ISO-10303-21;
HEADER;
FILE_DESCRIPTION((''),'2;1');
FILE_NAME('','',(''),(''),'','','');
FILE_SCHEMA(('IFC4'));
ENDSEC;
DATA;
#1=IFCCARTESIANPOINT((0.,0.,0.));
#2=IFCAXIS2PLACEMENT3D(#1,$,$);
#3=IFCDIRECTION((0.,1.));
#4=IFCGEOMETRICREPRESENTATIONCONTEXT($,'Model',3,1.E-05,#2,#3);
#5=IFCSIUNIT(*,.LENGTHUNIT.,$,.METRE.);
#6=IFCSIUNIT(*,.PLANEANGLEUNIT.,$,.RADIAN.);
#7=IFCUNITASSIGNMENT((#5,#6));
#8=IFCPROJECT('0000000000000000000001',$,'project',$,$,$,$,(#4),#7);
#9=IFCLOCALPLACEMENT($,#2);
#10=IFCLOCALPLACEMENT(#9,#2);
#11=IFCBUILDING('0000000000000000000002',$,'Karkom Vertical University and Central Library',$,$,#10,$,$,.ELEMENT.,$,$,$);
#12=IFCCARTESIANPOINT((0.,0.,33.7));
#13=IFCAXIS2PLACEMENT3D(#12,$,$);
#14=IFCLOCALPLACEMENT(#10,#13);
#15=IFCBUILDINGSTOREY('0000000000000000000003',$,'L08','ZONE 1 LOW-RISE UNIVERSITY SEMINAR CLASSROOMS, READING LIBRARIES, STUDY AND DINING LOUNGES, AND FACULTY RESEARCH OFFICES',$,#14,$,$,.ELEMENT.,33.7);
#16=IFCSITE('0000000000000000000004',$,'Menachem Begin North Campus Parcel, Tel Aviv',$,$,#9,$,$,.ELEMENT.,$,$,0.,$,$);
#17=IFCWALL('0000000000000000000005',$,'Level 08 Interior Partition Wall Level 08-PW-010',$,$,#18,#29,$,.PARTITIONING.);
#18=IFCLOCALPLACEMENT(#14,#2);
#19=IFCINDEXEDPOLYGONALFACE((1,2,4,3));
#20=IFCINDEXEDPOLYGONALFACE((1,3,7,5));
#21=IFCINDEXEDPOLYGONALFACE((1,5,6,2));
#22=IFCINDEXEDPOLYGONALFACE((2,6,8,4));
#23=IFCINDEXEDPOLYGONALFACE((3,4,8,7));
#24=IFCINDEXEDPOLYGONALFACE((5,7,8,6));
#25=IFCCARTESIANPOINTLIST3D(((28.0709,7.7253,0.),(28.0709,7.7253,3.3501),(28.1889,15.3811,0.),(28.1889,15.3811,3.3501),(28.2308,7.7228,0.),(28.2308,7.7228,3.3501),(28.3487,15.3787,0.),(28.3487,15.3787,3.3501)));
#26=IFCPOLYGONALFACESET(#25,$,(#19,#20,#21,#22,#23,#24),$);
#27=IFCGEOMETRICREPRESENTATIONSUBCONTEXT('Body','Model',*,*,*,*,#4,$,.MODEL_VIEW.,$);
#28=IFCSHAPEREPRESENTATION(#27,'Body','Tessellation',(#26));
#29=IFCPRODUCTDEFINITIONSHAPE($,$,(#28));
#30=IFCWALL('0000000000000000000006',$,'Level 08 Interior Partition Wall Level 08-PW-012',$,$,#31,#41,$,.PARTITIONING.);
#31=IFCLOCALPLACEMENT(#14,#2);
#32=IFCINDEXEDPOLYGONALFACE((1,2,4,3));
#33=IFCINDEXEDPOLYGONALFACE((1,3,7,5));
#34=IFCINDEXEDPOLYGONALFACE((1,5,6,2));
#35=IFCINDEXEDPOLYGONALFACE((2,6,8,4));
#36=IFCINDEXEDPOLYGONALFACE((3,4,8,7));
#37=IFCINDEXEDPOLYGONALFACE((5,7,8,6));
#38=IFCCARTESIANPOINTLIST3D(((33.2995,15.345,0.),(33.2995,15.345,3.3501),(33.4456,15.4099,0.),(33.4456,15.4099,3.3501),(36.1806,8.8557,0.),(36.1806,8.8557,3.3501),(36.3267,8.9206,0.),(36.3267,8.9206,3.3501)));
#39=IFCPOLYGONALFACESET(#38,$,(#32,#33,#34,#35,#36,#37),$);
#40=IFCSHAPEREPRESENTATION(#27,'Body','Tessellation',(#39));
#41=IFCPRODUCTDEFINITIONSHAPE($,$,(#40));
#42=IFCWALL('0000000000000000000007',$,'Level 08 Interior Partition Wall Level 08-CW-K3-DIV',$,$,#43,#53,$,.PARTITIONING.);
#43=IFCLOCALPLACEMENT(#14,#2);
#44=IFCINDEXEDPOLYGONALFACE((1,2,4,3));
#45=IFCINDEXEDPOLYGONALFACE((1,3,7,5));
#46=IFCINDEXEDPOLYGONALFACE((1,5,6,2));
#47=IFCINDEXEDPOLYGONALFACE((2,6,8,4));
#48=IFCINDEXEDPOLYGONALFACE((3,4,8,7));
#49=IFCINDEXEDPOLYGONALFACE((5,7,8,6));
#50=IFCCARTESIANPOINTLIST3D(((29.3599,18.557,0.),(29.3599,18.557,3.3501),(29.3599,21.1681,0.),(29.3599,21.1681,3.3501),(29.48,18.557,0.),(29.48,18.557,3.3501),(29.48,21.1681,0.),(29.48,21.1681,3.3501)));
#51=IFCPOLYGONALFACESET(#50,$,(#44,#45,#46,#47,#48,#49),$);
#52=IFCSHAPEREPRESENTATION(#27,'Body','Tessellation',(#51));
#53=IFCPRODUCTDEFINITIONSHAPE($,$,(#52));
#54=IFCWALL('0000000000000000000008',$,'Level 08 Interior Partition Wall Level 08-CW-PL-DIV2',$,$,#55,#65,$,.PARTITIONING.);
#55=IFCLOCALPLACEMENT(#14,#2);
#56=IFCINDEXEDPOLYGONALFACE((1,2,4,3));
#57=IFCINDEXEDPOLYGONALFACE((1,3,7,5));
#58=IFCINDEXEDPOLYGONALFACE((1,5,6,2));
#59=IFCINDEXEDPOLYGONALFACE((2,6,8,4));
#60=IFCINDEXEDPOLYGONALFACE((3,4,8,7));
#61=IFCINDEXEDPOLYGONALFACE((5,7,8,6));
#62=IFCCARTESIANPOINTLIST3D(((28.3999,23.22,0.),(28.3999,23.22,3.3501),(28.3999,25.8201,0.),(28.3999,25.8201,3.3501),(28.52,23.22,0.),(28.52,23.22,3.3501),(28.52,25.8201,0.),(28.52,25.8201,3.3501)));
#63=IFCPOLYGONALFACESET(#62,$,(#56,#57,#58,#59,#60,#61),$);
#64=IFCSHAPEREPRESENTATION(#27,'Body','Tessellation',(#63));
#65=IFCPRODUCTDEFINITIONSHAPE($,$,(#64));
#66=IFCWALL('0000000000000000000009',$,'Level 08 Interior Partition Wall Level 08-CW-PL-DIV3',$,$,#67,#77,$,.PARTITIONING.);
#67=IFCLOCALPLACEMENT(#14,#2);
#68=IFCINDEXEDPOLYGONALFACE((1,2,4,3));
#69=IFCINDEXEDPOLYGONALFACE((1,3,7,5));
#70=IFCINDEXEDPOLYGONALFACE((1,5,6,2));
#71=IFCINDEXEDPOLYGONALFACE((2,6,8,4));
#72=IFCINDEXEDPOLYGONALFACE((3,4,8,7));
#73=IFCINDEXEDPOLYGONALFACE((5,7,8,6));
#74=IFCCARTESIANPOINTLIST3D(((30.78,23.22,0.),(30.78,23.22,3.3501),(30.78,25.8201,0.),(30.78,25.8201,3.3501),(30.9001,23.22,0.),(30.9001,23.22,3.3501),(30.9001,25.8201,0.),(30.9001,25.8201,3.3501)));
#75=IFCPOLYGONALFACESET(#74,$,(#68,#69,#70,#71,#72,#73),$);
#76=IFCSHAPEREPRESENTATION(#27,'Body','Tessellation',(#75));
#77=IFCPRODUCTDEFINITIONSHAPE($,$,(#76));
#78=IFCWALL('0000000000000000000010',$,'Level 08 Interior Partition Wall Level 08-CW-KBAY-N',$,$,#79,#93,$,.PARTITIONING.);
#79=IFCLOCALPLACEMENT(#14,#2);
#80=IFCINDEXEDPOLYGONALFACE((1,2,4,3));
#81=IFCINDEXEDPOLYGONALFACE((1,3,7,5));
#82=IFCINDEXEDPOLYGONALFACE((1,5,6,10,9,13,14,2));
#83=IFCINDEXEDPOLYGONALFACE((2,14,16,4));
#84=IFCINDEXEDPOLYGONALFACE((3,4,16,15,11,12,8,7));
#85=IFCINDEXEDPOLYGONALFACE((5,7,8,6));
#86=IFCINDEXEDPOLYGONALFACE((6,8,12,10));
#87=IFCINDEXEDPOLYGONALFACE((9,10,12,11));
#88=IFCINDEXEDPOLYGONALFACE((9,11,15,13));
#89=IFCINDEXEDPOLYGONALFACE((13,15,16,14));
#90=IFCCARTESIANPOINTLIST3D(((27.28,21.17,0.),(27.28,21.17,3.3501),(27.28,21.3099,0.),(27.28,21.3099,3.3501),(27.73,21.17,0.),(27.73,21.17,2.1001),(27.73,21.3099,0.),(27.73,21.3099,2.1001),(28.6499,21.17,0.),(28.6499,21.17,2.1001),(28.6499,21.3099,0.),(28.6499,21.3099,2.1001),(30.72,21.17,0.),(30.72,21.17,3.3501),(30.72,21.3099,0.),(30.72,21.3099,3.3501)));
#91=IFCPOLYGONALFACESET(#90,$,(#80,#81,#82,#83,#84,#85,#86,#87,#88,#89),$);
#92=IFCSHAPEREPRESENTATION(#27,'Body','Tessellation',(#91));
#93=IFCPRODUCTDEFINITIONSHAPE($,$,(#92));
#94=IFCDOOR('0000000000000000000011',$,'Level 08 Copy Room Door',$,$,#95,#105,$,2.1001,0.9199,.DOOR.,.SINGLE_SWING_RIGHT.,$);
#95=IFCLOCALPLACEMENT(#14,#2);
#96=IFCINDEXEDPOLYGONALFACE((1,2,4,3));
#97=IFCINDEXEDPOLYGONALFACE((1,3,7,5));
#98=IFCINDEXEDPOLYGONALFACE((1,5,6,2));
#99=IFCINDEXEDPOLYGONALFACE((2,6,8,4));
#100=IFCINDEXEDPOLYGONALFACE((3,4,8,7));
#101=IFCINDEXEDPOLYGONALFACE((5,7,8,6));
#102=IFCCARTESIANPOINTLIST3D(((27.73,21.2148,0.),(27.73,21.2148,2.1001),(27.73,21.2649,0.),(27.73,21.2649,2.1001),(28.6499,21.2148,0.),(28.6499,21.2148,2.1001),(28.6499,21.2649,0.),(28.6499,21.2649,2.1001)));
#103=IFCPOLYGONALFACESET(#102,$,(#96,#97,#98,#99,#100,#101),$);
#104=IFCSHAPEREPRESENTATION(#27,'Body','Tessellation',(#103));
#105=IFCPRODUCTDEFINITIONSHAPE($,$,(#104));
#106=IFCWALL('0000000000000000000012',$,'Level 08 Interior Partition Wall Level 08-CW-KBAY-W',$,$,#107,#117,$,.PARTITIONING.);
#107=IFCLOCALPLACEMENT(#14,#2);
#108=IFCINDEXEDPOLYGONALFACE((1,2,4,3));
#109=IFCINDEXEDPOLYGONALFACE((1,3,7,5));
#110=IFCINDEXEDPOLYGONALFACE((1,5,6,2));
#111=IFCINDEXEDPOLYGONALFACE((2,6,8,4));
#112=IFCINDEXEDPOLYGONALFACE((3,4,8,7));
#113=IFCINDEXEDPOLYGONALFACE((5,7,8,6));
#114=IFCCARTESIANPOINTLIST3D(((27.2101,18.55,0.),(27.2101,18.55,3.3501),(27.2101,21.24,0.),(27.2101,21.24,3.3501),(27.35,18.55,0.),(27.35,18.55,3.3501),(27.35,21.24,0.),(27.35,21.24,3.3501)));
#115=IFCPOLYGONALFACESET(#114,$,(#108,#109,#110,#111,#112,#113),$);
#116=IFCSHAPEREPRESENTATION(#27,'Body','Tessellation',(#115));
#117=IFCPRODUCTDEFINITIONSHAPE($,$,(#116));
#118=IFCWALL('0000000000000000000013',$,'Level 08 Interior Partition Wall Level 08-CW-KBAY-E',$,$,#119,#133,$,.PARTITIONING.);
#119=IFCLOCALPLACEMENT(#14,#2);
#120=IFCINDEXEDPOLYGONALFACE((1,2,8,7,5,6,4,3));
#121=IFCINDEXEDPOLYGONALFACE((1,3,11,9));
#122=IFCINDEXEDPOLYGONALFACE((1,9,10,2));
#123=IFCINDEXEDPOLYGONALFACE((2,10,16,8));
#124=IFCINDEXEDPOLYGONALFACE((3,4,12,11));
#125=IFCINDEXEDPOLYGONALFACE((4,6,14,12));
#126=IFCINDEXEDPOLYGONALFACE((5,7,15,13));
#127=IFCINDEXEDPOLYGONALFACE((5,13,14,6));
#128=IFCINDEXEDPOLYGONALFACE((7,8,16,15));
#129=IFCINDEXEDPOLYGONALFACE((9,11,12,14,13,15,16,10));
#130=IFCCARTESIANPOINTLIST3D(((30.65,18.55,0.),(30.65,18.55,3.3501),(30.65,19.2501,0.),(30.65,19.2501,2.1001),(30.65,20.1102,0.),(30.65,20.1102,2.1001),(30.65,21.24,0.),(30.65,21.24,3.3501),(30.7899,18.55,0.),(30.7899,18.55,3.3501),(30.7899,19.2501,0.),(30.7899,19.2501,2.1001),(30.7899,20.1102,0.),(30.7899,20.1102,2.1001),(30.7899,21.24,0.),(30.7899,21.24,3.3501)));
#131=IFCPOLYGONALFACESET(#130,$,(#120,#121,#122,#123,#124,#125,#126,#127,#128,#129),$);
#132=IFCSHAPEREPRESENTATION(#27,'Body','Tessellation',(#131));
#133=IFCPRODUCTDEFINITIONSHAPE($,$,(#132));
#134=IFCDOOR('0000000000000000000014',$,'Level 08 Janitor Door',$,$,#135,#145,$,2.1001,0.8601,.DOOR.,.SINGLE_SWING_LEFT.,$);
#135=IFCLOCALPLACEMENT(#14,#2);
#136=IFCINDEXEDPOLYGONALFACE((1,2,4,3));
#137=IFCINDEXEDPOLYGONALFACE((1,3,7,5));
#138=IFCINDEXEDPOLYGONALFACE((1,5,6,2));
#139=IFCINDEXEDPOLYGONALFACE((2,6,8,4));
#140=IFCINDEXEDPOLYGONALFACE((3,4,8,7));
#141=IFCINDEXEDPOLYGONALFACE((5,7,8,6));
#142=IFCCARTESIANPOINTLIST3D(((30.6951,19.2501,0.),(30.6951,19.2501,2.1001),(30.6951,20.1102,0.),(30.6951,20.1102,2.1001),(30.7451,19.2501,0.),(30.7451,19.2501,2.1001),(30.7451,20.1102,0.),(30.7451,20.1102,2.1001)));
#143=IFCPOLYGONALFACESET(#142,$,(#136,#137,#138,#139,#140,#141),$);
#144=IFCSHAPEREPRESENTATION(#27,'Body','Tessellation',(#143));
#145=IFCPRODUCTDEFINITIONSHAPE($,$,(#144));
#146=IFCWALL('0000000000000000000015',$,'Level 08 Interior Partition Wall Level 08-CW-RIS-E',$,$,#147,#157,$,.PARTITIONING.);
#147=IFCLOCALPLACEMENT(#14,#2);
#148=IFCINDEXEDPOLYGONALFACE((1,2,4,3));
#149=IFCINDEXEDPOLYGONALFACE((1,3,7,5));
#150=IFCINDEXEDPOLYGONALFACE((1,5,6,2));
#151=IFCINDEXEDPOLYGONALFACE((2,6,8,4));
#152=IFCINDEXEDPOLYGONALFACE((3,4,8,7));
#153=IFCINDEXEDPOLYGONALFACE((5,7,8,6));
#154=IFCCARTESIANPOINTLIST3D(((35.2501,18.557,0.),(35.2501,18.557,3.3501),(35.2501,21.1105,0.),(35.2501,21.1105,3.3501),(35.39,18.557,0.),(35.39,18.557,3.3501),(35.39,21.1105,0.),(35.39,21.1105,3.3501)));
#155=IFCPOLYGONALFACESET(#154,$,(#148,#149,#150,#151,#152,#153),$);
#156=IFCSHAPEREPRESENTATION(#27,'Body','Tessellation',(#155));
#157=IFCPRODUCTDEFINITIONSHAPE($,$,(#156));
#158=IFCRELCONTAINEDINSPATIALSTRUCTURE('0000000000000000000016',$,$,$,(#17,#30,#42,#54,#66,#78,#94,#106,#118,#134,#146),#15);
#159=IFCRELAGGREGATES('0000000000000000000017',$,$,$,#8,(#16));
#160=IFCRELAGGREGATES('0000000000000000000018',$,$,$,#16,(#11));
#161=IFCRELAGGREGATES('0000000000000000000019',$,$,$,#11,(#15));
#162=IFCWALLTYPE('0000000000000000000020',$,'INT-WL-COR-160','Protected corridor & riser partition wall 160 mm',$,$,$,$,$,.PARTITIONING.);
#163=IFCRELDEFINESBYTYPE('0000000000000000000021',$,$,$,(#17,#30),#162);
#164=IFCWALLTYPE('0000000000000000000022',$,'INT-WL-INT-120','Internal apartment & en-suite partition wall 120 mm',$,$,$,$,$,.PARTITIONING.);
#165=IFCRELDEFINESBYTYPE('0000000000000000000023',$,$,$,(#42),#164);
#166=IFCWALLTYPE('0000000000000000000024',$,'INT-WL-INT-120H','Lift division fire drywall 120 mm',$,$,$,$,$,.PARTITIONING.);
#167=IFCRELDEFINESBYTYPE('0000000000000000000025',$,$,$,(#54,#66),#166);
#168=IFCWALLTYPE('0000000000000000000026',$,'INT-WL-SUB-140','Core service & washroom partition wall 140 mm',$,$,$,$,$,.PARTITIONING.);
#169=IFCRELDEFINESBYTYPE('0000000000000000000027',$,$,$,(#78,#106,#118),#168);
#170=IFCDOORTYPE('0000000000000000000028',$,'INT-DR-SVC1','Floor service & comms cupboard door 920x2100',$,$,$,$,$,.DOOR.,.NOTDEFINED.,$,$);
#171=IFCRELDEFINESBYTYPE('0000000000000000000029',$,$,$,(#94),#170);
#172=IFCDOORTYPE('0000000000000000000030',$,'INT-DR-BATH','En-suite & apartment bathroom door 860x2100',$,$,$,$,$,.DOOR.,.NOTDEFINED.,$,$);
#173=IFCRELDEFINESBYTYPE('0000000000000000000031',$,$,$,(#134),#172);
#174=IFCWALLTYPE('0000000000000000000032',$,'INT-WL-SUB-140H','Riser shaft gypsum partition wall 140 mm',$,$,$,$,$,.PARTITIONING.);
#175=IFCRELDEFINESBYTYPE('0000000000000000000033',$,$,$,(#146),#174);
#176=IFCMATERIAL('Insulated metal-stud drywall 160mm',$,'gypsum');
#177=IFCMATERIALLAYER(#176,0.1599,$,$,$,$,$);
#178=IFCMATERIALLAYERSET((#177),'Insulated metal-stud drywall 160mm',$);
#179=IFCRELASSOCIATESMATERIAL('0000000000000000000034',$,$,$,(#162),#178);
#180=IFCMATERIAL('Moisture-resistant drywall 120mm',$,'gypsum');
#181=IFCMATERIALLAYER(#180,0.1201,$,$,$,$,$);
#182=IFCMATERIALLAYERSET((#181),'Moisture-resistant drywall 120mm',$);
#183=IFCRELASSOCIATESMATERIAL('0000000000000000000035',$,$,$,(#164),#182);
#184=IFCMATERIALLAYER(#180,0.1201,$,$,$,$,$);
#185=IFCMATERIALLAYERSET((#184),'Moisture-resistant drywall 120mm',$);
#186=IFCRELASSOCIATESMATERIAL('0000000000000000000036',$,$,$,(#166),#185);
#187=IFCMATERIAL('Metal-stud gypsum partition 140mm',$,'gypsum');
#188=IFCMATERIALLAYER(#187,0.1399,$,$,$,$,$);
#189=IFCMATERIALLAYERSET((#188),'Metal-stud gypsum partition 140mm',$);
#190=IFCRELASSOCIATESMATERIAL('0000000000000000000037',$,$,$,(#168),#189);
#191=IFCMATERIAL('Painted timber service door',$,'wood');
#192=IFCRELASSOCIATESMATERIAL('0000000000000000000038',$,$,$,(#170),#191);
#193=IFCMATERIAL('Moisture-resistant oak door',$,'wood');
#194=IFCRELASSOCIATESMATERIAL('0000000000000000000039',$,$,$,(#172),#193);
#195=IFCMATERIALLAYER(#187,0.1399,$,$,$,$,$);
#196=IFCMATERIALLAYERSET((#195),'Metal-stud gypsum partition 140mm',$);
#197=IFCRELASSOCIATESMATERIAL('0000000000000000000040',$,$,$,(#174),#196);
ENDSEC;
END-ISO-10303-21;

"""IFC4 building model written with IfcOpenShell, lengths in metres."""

from ifc_helpers import new_model, si_unit, direction, frame, frame_2d, origin, origin_with_axes, place, context, subcontext, project, spatial, rectangle, extrude, source, transform, mapped, material, layer, layer_set, type_object, element, fill, save


model = new_model("IFC4")

# Units and contexts
model_context = context("Model", 3, precision=1e-05, world=origin(), true_north=direction((0.0, 1.0)))
body_context = subcontext(model_context, "Body", "Model", "MODEL_VIEW")
ifc_project = project(units=[si_unit("LENGTHUNIT", "METRE"), si_unit("PLANEANGLEUNIT", "RADIAN")], contexts=[model_context])

# Site, building, storey
site_placement = place(None, origin())
site = spatial("IfcSite", under=ifc_project, at=site_placement, Name="Menachem Begin North Campus Parcel, Tel Aviv", CompositionType="ELEMENT", RefElevation=0.0)
building_placement = place(site_placement, origin())
building = spatial("IfcBuilding", under=site, at=building_placement, Name="Karkom Vertical University and Central Library", CompositionType="ELEMENT")
storey_placement = place(building_placement, frame((0.0, 0.0, 33.7)))
storey = spatial("IfcBuildingStorey", under=building, at=storey_placement, Name="L08", Description="ZONE 1 LOW-RISE UNIVERSITY SEMINAR CLASSROOMS, READING LIBRARIES, STUDY AND DINING LOUNGES, AND FACULTY RESEARCH OFFICES", CompositionType="ELEMENT", Elevation=33.7)

# Walls
ifc_material_1 = material(Name="Insulated metal-stud drywall 160mm", Category="gypsum")
ifc_layer_1 = layer(ifc_material_1, 0.1599)
ifc_layer_set_1 = layer_set([ifc_layer_1], Name="Insulated metal-stud drywall 160mm")
wall_type_1 = type_object("IfcWallType", Name="INT-WL-COR-160", Description="Protected corridor & riser partition wall 160 mm", PredefinedType="PARTITIONING", material=ifc_layer_set_1)
wall_1_placement = place(storey_placement, frame((28.2688, 15.3799, 0.0), z_axis=(0.0, 0.0, 1.0), x_axis=(-0.015401, -0.999881, 0.0)))
element("IfcWall", 1, at=wall_1_placement, inside=storey, type_object=wall_type_1, Name="Level 08 Interior Partition Wall Level 08-PW-010", PredefinedType="PARTITIONING", context=body_context, shape_type="SweptSolid", body=[
    extrude(rectangle(XDim=7.6567, YDim=0.1599, at=frame_2d((3.8284, 0.0))), origin(), (0.0, 0.0, 1.0), 3.3501),
])
wall_2_placement = place(storey_placement, frame((33.3726, 15.3774, 0.0), z_axis=(0.0, 0.0, 1.0), x_axis=(0.405784, -0.913969, 0.0)))
element("IfcWall", 2, at=wall_2_placement, inside=storey, type_object=wall_type_1, Name="Level 08 Interior Partition Wall Level 08-PW-012", PredefinedType="PARTITIONING", context=body_context, shape_type="SweptSolid", body=[
    extrude(rectangle(XDim=7.1001, YDim=0.1599, at=frame_2d((3.55, 0.0))), origin(), (0.0, 0.0, 1.0), 3.3501),
])
ifc_material_2 = material(Name="Moisture-resistant drywall 120mm", Category="gypsum")
ifc_layer_2 = layer(ifc_material_2, 0.1201)
ifc_layer_set_2 = layer_set([ifc_layer_2], Name="Moisture-resistant drywall 120mm")
wall_type_2 = type_object("IfcWallType", Name="INT-WL-INT-120", Description="Internal apartment & en-suite partition wall 120 mm", PredefinedType="PARTITIONING", material=ifc_layer_set_2)
wall_3_placement = place(storey_placement, frame((29.4199, 18.5569, 0.0), z_axis=(0.0, 0.0, 1.0), x_axis=(0.0, 1.0, 0.0)))
element("IfcWall", 3, at=wall_3_placement, inside=storey, type_object=wall_type_2, Name="Level 08 Interior Partition Wall Level 08-CW-K3-DIV", PredefinedType="PARTITIONING", context=body_context, shape_type="SweptSolid", body=[
    extrude(rectangle(XDim=2.6111, YDim=0.1201, at=frame_2d((1.3057, 0.0))), origin(), (0.0, 0.0, 1.0), 3.3501),
])
ifc_layer_3 = layer(ifc_material_2, 0.1201)
ifc_layer_set_3 = layer_set([ifc_layer_3], Name="Moisture-resistant drywall 120mm")
wall_type_3 = type_object("IfcWallType", Name="INT-WL-INT-120H", Description="Lift division fire drywall 120 mm", PredefinedType="PARTITIONING", material=ifc_layer_set_3)
for number, where, z_axis, x_axis, name in (
    (4, (28.46, 23.22, 0.0), (0.0, 0.0, 1.0), (0.0, 1.0, 0.0), "Level 08 Interior Partition Wall Level 08-CW-PL-DIV2"),
    (5, (30.8401, 23.22, 0.0), (0.0, 0.0, 1.0), (0.0, 1.0, 0.0), "Level 08 Interior Partition Wall Level 08-CW-PL-DIV3"),
):
    element("IfcWall", number, at=place(storey_placement, frame(where, z_axis=z_axis, x_axis=x_axis)), inside=storey, type_object=wall_type_3, Name=name, PredefinedType="PARTITIONING", context=body_context, shape_type="SweptSolid", body=[
        extrude(rectangle(XDim=2.6001, YDim=0.1201, at=frame_2d((1.3, 0.0))), origin(), (0.0, 0.0, 1.0), 3.3501),
    ])

# Wall, opening, door
ifc_material_3 = material(Name="Metal-stud gypsum partition 140mm", Category="gypsum")
ifc_layer_4 = layer(ifc_material_3, 0.1399)
ifc_layer_set_4 = layer_set([ifc_layer_4], Name="Metal-stud gypsum partition 140mm")
wall_type_4 = type_object("IfcWallType", Name="INT-WL-SUB-140", Description="Core service & washroom partition wall 140 mm", PredefinedType="PARTITIONING", material=ifc_layer_set_4)
wall_4_placement = place(storey_placement, frame((27.28, 21.24, 0.0), z_axis=(0.0, 0.0, 1.0), x_axis=(1.0, 0.0, 0.0)))
wall_4 = element("IfcWall", 6, at=wall_4_placement, inside=storey, type_object=wall_type_4, Name="Level 08 Interior Partition Wall Level 08-CW-KBAY-N", PredefinedType="PARTITIONING", context=body_context, shape_type="SweptSolid", body=[
    extrude(rectangle(XDim=3.4399, YDim=0.1399, at=frame_2d((1.72, 0.0))), origin(), (0.0, 0.0, 1.0), 3.3501),
])
opening_1_placement = place(wall_4_placement, frame((0.45, 0.0, 0.0)))
opening_1 = element("IfcOpeningElement", 7, at=opening_1_placement, cuts=wall_4, PredefinedType="OPENING", context=body_context, shape_type="SweptSolid", body=[
    extrude(rectangle(XDim=0.9199, YDim=2.1001, at=frame_2d((0.46, 1.05))), frame((0.0, 0.0801, 0.0), z_axis=(0.0, -1.0, 0.0), x_axis=(1.0, 0.0, 0.0)), (0.0, 0.0, 1.0), 0.1599),
])
ifc_material_4 = material(Name="Painted timber service door", Category="wood")
door_type_1 = type_object("IfcDoorType", Name="INT-DR-SVC1", Description="Floor service & comms cupboard door 920x2100", OperationType="NOTDEFINED", PredefinedType="DOOR", material=ifc_material_4)
shared_shape_1 = source(origin_with_axes(), body_context, "Body", "SweptSolid", [
    extrude(rectangle(XDim=0.9199, YDim=2.1001, at=frame_2d((0.46, 1.05))), frame((0.0, 0.0249, 0.0), z_axis=(0.0, -1.0, 0.0), x_axis=(1.0, 0.0, 0.0)), (0.0, 0.0, 1.0), 0.05),
])
door_1_placement = place(opening_1_placement, origin())
door_1 = element("IfcDoor", 8, at=door_1_placement, inside=storey, type_object=door_type_1, Name="Level 08 Copy Room Door", OperationType="SINGLE_SWING_RIGHT", OverallHeight=2.1001, OverallWidth=0.9199, PredefinedType="DOOR", context=body_context, shape_type="MappedRepresentation", body=[
    mapped(shared_shape_1, transform((0.0, 0.0, 0.0), scale=1.0)),
])
fill(opening_1, door_1)

# Wall
wall_5_placement = place(storey_placement, frame((27.28, 18.55, 0.0), z_axis=(0.0, 0.0, 1.0), x_axis=(0.0, 1.0, 0.0)))
element("IfcWall", 9, at=wall_5_placement, inside=storey, type_object=wall_type_4, Name="Level 08 Interior Partition Wall Level 08-CW-KBAY-W", PredefinedType="PARTITIONING", context=body_context, shape_type="SweptSolid", body=[
    extrude(rectangle(XDim=2.6899, YDim=0.1399, at=frame_2d((1.345, 0.0))), origin(), (0.0, 0.0, 1.0), 3.3501),
])

# Wall, opening, door
wall_6_placement = place(storey_placement, frame((30.72, 18.55, 0.0), z_axis=(0.0, 0.0, 1.0), x_axis=(0.0, 1.0, 0.0)))
wall_6 = element("IfcWall", 10, at=wall_6_placement, inside=storey, type_object=wall_type_4, Name="Level 08 Interior Partition Wall Level 08-CW-KBAY-E", PredefinedType="PARTITIONING", context=body_context, shape_type="SweptSolid", body=[
    extrude(rectangle(XDim=2.6899, YDim=0.1399, at=frame_2d((1.345, 0.0))), origin(), (0.0, 0.0, 1.0), 3.3501),
])
opening_2_placement = place(wall_6_placement, frame((0.7, 0.0, 0.0)))
opening_2 = element("IfcOpeningElement", 11, at=opening_2_placement, cuts=wall_6, PredefinedType="OPENING", context=body_context, shape_type="SweptSolid", body=[
    extrude(rectangle(XDim=0.8601, YDim=2.1001, at=frame_2d((0.4302, 1.05))), frame((0.0, 0.0801, 0.0), z_axis=(0.0, -1.0, 0.0), x_axis=(1.0, 0.0, 0.0)), (0.0, 0.0, 1.0), 0.1599),
])
ifc_material_5 = material(Name="Moisture-resistant oak door", Category="wood")
door_type_2 = type_object("IfcDoorType", Name="INT-DR-BATH", Description="En-suite & apartment bathroom door 860x2100", OperationType="NOTDEFINED", PredefinedType="DOOR", material=ifc_material_5)
shared_shape_2 = source(origin_with_axes(), body_context, "Body", "SweptSolid", [
    extrude(rectangle(XDim=0.8601, YDim=2.1001, at=frame_2d((0.4302, 1.05))), frame((0.0, 0.0249, 0.0), z_axis=(0.0, -1.0, 0.0), x_axis=(1.0, 0.0, 0.0)), (0.0, 0.0, 1.0), 0.05),
])
door_2_placement = place(opening_2_placement, origin())
door_2 = element("IfcDoor", 12, at=door_2_placement, inside=storey, type_object=door_type_2, Name="Level 08 Janitor Door", OperationType="SINGLE_SWING_LEFT", OverallHeight=2.1001, OverallWidth=0.8601, PredefinedType="DOOR", context=body_context, shape_type="MappedRepresentation", body=[
    mapped(shared_shape_2, transform((0.0, 0.0, 0.0), scale=1.0)),
])
fill(opening_2, door_2)

# Wall
ifc_layer_5 = layer(ifc_material_3, 0.1399)
ifc_layer_set_5 = layer_set([ifc_layer_5], Name="Metal-stud gypsum partition 140mm")
wall_type_5 = type_object("IfcWallType", Name="INT-WL-SUB-140H", Description="Riser shaft gypsum partition wall 140 mm", PredefinedType="PARTITIONING", material=ifc_layer_set_5)
wall_7_placement = place(storey_placement, frame((35.3201, 18.5569, 0.0), z_axis=(0.0, 0.0, 1.0), x_axis=(0.0, 1.0, 0.0)))
element("IfcWall", 13, at=wall_7_placement, inside=storey, type_object=wall_type_5, Name="Level 08 Interior Partition Wall Level 08-CW-RIS-E", PredefinedType="PARTITIONING", context=body_context, shape_type="SweptSolid", body=[
    extrude(rectangle(XDim=2.5535, YDim=0.1399, at=frame_2d((1.2769, 0.0))), origin(), (0.0, 0.0, 1.0), 3.3501),
])

save(model, "model.ifc")
